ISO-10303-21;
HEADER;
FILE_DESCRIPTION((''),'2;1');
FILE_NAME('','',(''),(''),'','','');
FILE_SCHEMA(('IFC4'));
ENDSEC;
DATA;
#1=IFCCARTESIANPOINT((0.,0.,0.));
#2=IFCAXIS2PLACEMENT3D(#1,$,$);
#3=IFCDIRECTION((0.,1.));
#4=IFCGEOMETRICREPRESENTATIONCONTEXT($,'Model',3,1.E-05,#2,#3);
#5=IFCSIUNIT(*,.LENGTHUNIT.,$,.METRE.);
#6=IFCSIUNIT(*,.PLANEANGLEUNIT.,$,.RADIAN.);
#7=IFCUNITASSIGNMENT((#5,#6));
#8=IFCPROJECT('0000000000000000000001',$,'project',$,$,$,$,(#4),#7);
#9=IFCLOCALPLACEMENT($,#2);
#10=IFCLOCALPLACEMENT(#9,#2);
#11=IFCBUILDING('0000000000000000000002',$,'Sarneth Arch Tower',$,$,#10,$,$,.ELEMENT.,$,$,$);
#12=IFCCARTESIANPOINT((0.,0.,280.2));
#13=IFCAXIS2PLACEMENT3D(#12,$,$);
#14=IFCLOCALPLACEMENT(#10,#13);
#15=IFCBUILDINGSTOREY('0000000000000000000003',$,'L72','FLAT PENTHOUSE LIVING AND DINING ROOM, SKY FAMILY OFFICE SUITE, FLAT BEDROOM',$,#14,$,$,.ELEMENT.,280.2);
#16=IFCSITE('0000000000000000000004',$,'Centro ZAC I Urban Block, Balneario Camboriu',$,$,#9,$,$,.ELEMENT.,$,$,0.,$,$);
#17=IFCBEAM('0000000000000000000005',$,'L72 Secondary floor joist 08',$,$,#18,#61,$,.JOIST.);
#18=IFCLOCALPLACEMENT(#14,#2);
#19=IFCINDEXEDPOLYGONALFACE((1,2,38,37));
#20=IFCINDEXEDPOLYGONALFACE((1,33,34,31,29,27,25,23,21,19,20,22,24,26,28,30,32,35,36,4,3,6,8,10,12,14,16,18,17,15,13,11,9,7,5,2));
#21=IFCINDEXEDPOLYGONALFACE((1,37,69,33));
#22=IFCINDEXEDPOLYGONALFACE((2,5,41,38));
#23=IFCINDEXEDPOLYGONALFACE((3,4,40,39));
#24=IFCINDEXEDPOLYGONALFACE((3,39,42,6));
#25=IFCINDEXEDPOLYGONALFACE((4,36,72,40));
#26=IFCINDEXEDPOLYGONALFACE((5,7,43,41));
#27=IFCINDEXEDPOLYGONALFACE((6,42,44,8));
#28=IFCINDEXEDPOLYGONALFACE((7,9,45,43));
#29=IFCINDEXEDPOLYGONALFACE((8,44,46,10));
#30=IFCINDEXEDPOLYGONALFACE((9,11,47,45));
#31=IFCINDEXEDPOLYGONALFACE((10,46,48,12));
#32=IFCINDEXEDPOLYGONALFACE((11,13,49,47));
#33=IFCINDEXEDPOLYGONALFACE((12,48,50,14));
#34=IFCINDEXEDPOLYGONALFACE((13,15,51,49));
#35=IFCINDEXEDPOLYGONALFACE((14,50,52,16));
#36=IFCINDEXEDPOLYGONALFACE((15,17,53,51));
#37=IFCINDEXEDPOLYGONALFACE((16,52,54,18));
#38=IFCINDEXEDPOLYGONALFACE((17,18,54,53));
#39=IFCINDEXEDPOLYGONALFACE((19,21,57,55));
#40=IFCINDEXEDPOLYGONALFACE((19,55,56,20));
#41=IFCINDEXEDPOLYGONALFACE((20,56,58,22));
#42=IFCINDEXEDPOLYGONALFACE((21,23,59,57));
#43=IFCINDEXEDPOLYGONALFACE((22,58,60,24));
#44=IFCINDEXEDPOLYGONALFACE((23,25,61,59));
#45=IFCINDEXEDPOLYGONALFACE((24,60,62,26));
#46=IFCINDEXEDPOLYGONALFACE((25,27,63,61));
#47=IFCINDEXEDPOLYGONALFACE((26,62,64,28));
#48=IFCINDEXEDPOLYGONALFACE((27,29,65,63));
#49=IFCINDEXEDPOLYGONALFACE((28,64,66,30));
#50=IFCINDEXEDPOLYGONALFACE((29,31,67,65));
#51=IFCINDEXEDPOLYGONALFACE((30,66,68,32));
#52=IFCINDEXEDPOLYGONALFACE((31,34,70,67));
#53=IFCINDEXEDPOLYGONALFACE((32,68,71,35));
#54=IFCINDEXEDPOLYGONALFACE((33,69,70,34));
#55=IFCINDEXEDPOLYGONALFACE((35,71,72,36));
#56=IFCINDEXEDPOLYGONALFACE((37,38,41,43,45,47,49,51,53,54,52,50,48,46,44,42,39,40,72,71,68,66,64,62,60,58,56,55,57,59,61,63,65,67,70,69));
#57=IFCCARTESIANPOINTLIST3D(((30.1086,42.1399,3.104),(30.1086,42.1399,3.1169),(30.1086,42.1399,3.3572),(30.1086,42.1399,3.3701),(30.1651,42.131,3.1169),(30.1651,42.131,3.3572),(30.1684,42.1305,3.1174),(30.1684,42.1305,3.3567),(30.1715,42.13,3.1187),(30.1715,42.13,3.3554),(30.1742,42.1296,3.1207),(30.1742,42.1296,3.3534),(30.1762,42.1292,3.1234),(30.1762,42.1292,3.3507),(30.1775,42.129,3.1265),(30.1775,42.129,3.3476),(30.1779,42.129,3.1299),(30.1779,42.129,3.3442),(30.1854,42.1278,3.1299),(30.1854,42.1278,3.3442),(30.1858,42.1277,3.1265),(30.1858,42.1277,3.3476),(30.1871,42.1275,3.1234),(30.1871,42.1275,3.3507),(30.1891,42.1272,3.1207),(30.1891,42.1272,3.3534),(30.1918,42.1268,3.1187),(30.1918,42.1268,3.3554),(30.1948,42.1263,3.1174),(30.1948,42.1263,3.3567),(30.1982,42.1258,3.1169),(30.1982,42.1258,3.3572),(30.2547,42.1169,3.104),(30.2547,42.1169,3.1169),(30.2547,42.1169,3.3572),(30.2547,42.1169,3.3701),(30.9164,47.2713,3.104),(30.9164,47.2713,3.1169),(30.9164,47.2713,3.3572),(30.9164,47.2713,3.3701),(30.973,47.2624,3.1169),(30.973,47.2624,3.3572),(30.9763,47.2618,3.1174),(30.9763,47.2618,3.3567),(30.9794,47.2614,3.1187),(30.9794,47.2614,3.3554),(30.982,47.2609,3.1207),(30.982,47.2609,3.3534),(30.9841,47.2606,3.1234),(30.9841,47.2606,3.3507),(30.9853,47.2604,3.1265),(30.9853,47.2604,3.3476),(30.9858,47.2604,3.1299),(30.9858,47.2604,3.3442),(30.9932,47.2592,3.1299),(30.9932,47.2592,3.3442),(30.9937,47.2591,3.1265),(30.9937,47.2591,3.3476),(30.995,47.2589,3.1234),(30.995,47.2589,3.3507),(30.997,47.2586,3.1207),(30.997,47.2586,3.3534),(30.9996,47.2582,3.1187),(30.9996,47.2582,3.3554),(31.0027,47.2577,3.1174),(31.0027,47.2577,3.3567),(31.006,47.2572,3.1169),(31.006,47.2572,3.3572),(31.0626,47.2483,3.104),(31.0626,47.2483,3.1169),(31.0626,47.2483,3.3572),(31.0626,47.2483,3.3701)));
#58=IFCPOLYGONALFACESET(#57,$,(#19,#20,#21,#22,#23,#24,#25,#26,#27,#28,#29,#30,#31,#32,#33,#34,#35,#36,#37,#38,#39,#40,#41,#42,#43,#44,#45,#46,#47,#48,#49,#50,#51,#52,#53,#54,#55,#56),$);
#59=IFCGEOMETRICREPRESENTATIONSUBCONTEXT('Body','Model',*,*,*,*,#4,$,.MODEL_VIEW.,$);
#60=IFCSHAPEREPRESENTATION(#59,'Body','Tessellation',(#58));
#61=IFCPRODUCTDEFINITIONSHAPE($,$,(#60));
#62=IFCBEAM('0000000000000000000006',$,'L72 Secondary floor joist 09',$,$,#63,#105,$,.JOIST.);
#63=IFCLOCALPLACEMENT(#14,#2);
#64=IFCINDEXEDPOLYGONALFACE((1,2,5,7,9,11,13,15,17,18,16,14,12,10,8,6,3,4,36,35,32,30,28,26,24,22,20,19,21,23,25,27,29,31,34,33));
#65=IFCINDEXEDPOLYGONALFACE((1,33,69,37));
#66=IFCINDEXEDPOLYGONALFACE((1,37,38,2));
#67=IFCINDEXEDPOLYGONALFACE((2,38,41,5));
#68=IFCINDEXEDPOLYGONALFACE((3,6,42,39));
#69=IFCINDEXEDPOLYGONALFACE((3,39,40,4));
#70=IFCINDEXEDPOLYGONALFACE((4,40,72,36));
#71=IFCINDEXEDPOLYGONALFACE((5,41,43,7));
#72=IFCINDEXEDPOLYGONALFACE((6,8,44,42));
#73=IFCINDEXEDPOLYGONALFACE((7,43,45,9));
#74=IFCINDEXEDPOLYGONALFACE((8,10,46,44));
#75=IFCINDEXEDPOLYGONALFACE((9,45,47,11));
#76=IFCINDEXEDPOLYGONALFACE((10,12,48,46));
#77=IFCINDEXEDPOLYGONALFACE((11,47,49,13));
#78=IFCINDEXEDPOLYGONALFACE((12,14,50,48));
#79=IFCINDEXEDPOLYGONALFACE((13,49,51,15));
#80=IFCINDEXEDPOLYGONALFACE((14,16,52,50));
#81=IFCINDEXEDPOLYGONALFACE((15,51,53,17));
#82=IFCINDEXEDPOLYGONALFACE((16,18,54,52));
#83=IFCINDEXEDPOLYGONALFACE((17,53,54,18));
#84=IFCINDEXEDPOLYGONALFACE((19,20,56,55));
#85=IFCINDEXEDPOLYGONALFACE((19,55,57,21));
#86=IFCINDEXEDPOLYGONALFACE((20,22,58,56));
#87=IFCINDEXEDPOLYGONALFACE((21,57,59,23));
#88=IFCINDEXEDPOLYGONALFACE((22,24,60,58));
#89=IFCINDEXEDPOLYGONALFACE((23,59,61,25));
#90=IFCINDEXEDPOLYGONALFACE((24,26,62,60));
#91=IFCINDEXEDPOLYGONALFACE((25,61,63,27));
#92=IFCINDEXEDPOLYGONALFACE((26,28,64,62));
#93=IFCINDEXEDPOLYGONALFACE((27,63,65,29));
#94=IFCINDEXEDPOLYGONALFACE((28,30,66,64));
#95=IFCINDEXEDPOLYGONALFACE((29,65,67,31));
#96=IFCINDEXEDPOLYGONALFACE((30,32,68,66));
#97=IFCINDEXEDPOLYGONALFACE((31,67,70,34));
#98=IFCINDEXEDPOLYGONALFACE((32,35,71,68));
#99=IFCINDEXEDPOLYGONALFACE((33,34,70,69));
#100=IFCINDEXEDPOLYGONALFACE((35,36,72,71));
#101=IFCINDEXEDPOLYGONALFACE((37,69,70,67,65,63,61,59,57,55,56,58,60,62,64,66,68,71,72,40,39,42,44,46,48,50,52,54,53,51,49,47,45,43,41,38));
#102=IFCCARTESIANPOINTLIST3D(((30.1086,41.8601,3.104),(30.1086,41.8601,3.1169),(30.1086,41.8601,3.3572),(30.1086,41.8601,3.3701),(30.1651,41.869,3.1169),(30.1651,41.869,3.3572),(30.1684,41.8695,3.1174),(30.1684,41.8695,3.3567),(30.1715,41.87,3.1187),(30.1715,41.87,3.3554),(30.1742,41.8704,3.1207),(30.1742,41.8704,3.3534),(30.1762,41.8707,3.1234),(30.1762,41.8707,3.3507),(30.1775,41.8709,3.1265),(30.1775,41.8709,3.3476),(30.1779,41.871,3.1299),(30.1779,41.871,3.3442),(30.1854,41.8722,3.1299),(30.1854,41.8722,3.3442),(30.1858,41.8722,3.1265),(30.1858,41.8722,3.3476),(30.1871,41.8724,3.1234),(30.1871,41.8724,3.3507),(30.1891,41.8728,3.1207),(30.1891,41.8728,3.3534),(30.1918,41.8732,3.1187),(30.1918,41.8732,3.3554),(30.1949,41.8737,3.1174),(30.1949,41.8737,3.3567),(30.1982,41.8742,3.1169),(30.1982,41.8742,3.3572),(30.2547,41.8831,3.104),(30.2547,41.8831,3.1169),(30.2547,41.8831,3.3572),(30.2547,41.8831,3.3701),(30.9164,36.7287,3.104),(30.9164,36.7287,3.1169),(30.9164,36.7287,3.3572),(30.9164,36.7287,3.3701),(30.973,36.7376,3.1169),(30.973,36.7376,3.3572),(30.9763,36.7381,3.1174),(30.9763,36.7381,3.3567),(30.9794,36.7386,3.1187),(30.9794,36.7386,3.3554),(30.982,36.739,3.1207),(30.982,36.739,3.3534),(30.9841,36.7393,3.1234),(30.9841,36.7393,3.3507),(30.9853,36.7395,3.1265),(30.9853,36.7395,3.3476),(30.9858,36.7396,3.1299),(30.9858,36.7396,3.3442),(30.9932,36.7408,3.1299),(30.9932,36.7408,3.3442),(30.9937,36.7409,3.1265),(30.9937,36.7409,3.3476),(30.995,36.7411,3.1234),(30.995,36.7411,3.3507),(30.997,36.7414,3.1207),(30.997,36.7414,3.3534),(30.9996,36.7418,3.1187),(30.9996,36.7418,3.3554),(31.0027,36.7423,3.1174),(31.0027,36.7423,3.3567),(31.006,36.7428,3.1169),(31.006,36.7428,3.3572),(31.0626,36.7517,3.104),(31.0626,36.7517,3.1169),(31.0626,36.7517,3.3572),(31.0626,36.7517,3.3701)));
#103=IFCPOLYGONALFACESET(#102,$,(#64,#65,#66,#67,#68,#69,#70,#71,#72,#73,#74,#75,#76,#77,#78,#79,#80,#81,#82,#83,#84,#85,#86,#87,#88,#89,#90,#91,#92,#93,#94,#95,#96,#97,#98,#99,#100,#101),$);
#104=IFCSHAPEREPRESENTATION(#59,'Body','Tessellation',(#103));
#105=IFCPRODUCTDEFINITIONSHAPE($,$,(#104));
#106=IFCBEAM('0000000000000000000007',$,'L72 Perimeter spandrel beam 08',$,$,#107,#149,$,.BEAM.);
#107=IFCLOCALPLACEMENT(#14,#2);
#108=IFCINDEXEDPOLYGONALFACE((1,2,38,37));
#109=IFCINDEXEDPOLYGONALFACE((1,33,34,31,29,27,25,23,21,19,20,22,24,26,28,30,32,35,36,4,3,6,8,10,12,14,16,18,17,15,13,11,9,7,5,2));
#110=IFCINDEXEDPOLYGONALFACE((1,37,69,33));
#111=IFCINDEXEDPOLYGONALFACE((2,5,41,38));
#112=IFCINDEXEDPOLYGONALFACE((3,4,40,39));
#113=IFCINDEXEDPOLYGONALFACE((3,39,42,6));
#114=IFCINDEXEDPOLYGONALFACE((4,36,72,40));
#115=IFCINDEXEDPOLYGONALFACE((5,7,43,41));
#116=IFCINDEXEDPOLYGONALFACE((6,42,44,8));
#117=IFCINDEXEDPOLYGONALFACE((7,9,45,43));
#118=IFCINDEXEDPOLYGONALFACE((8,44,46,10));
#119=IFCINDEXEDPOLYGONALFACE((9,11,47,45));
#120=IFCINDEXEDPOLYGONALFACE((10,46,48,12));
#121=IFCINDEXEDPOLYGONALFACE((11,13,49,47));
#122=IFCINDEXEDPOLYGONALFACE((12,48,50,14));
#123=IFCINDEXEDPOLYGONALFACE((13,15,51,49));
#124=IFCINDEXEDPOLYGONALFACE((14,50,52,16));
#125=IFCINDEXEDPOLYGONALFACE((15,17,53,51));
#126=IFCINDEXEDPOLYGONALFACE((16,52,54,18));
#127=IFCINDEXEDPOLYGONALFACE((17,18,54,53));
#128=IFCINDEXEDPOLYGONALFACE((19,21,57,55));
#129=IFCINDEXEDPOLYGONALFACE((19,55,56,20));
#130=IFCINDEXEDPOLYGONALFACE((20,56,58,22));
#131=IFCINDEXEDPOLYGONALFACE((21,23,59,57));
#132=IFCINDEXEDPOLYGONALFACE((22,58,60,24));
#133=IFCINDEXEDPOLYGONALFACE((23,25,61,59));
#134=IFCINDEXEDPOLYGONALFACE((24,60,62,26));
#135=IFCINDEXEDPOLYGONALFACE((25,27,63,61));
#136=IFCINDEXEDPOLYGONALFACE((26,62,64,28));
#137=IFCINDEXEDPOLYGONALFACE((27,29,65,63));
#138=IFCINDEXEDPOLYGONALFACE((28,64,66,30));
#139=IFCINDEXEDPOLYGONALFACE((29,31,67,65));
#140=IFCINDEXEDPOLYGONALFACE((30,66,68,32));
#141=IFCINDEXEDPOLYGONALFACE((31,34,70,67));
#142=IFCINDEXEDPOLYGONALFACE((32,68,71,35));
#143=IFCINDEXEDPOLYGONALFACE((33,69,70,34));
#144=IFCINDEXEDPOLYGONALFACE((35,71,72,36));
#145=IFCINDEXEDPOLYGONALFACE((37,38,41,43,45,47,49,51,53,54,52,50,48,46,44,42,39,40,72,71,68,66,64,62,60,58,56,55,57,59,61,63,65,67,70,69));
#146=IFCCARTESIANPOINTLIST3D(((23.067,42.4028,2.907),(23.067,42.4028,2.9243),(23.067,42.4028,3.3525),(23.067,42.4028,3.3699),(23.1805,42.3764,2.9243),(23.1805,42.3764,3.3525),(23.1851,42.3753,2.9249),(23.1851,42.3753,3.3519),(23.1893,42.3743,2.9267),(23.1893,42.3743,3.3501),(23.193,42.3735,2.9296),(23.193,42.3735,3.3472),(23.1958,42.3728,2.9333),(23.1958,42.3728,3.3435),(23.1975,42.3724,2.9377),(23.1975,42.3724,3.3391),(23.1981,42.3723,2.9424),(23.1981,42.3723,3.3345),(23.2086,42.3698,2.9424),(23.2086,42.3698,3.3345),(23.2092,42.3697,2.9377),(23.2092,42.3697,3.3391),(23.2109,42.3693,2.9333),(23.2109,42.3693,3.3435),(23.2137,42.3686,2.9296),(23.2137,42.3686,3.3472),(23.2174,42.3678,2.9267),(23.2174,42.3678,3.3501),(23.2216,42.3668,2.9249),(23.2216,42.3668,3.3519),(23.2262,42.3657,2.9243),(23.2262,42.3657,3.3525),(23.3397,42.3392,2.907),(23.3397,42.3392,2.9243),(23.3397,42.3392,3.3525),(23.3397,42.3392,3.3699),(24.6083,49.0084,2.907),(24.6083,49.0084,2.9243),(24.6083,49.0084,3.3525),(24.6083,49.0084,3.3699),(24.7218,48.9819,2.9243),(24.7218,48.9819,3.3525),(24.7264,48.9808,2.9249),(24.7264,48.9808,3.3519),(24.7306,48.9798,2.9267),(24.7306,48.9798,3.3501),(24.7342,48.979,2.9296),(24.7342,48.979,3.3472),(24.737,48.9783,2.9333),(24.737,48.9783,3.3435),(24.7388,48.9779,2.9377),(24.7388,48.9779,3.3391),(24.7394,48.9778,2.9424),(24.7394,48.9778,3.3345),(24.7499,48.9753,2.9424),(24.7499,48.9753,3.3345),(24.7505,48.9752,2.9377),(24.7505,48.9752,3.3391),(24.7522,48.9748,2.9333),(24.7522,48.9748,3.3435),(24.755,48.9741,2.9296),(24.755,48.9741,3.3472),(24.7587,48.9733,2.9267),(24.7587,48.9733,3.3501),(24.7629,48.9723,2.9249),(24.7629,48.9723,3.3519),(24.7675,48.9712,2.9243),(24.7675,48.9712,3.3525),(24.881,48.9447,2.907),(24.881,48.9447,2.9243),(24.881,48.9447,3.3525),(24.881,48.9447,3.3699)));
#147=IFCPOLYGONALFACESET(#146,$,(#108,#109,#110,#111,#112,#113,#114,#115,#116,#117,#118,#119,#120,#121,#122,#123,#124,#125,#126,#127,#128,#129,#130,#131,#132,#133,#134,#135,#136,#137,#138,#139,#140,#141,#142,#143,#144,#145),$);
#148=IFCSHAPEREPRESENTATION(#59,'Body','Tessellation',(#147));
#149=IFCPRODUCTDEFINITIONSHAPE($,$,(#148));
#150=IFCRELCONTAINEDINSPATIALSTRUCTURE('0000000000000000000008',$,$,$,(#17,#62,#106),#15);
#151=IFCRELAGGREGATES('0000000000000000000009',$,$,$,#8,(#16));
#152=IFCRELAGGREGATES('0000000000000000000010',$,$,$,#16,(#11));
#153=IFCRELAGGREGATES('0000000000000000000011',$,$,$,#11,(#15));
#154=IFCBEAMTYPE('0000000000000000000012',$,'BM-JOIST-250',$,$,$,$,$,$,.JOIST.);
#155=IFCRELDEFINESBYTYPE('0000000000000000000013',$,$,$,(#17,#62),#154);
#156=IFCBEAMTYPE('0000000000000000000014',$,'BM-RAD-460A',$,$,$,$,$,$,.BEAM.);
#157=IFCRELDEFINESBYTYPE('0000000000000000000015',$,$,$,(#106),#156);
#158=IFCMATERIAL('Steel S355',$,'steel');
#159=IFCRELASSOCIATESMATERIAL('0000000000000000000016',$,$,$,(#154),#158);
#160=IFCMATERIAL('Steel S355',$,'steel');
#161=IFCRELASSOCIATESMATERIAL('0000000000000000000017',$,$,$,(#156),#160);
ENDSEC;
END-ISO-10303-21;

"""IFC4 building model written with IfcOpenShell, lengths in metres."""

from ifc_helpers import new_model, si_unit, direction, frame, origin, origin_2d, place, context, subcontext, project, spatial, i_section, extrude, material, material_profile, profile_set, type_object, element, save


model = new_model("IFC4")

# Units and contexts
model_context = context("Model", 3, precision=1e-05, world=origin(), true_north=direction((0.0, 1.0)))
body_context = subcontext(model_context, "Body", "Model", "MODEL_VIEW")
ifc_project = project(units=[si_unit("LENGTHUNIT", "METRE"), si_unit("PLANEANGLEUNIT", "RADIAN")], contexts=[model_context])

# Site, building, storey
site_placement = place(None, origin())
site = spatial("IfcSite", under=ifc_project, at=site_placement, Name="Centro ZAC I Urban Block, Balneario Camboriu", CompositionType="ELEMENT", RefElevation=0.0)
building_placement = place(site_placement, origin())
building = spatial("IfcBuilding", under=site, at=building_placement, Name="Sarneth Arch Tower", CompositionType="ELEMENT")
storey_placement = place(building_placement, frame((0.0, 0.0, 280.2)))
storey = spatial("IfcBuildingStorey", under=building, at=storey_placement, Name="L72", Description="FLAT PENTHOUSE LIVING AND DINING ROOM, SKY FAMILY OFFICE SUITE, FLAT BEDROOM", CompositionType="ELEMENT", Elevation=280.2)

# Beams
ifc_material_1 = material(Name="Steel S355", Category="steel")
ifc_material_profile_1 = material_profile(ifc_material_1, i_section(OverallWidth=0.1479, OverallDepth=0.2661, WebThickness=0.0076, FlangeThickness=0.0129, FilletRadius=0.0129, at=origin_2d()), Name="W250x44.8")
ifc_profile_set_1 = profile_set([ifc_material_profile_1], Name="Steel S355")
beam_type_1 = type_object("IfcBeamType", Name="BM-JOIST-250", PredefinedType="JOIST", material=ifc_profile_set_1)
for number, where, z_axis, x_axis, name in (
    (1, (30.9895, 47.2598, 3.2371), (-0.155521, -0.987833, 0.0), (0.987833, -0.155521, 0.0), "L72 Secondary floor joist 08"),
    (2, (30.1816, 41.8716, 3.2371), (0.155521, -0.987833, 0.0), (0.987833, 0.155521, 0.0), "L72 Secondary floor joist 09"),
):
    element("IfcBeam", number, at=place(storey_placement, frame(where, z_axis=z_axis, x_axis=x_axis)), inside=storey, type_object=beam_type_1, Name=name, PredefinedType="JOIST", context=body_context, shape_type="SweptSolid", body=[
        extrude(i_section(OverallWidth=0.1479, OverallDepth=0.2661, WebThickness=0.0076, FlangeThickness=0.0129, FilletRadius=0.0129, at=origin_2d()), origin(), (0.0, 0.0, 1.0), 5.1946),
    ])
ifc_material_2 = material(Name="Steel S355", Category="steel")
ifc_material_profile_2 = material_profile(ifc_material_2, i_section(OverallWidth=0.28, OverallDepth=0.4629, WebThickness=0.0107, FlangeThickness=0.0173, FilletRadius=0.0181, at=origin_2d()), Name="W460x113")
ifc_profile_set_2 = profile_set([ifc_material_profile_2], Name="Steel S355")
beam_type_2 = type_object("IfcBeamType", Name="BM-RAD-460A", PredefinedType="BEAM", material=ifc_profile_set_2)
beam_1_placement = place(storey_placement, frame((24.7446, 48.9766, 3.1384), z_axis=(-0.227227, -0.973842, 0.0), x_axis=(0.973842, -0.227227, 0.0)))
element("IfcBeam", 3, at=beam_1_placement, inside=storey, type_object=beam_type_2, Name="L72 Perimeter spandrel beam 08", PredefinedType="BEAM", context=body_context, shape_type="SweptSolid", body=[
    extrude(i_section(OverallWidth=0.28, OverallDepth=0.4629, WebThickness=0.0107, FlangeThickness=0.0173, FilletRadius=0.0181, at=origin_2d()), origin(), (0.0, 0.0, 1.0), 6.783),
])

save(model, "model.ifc")
